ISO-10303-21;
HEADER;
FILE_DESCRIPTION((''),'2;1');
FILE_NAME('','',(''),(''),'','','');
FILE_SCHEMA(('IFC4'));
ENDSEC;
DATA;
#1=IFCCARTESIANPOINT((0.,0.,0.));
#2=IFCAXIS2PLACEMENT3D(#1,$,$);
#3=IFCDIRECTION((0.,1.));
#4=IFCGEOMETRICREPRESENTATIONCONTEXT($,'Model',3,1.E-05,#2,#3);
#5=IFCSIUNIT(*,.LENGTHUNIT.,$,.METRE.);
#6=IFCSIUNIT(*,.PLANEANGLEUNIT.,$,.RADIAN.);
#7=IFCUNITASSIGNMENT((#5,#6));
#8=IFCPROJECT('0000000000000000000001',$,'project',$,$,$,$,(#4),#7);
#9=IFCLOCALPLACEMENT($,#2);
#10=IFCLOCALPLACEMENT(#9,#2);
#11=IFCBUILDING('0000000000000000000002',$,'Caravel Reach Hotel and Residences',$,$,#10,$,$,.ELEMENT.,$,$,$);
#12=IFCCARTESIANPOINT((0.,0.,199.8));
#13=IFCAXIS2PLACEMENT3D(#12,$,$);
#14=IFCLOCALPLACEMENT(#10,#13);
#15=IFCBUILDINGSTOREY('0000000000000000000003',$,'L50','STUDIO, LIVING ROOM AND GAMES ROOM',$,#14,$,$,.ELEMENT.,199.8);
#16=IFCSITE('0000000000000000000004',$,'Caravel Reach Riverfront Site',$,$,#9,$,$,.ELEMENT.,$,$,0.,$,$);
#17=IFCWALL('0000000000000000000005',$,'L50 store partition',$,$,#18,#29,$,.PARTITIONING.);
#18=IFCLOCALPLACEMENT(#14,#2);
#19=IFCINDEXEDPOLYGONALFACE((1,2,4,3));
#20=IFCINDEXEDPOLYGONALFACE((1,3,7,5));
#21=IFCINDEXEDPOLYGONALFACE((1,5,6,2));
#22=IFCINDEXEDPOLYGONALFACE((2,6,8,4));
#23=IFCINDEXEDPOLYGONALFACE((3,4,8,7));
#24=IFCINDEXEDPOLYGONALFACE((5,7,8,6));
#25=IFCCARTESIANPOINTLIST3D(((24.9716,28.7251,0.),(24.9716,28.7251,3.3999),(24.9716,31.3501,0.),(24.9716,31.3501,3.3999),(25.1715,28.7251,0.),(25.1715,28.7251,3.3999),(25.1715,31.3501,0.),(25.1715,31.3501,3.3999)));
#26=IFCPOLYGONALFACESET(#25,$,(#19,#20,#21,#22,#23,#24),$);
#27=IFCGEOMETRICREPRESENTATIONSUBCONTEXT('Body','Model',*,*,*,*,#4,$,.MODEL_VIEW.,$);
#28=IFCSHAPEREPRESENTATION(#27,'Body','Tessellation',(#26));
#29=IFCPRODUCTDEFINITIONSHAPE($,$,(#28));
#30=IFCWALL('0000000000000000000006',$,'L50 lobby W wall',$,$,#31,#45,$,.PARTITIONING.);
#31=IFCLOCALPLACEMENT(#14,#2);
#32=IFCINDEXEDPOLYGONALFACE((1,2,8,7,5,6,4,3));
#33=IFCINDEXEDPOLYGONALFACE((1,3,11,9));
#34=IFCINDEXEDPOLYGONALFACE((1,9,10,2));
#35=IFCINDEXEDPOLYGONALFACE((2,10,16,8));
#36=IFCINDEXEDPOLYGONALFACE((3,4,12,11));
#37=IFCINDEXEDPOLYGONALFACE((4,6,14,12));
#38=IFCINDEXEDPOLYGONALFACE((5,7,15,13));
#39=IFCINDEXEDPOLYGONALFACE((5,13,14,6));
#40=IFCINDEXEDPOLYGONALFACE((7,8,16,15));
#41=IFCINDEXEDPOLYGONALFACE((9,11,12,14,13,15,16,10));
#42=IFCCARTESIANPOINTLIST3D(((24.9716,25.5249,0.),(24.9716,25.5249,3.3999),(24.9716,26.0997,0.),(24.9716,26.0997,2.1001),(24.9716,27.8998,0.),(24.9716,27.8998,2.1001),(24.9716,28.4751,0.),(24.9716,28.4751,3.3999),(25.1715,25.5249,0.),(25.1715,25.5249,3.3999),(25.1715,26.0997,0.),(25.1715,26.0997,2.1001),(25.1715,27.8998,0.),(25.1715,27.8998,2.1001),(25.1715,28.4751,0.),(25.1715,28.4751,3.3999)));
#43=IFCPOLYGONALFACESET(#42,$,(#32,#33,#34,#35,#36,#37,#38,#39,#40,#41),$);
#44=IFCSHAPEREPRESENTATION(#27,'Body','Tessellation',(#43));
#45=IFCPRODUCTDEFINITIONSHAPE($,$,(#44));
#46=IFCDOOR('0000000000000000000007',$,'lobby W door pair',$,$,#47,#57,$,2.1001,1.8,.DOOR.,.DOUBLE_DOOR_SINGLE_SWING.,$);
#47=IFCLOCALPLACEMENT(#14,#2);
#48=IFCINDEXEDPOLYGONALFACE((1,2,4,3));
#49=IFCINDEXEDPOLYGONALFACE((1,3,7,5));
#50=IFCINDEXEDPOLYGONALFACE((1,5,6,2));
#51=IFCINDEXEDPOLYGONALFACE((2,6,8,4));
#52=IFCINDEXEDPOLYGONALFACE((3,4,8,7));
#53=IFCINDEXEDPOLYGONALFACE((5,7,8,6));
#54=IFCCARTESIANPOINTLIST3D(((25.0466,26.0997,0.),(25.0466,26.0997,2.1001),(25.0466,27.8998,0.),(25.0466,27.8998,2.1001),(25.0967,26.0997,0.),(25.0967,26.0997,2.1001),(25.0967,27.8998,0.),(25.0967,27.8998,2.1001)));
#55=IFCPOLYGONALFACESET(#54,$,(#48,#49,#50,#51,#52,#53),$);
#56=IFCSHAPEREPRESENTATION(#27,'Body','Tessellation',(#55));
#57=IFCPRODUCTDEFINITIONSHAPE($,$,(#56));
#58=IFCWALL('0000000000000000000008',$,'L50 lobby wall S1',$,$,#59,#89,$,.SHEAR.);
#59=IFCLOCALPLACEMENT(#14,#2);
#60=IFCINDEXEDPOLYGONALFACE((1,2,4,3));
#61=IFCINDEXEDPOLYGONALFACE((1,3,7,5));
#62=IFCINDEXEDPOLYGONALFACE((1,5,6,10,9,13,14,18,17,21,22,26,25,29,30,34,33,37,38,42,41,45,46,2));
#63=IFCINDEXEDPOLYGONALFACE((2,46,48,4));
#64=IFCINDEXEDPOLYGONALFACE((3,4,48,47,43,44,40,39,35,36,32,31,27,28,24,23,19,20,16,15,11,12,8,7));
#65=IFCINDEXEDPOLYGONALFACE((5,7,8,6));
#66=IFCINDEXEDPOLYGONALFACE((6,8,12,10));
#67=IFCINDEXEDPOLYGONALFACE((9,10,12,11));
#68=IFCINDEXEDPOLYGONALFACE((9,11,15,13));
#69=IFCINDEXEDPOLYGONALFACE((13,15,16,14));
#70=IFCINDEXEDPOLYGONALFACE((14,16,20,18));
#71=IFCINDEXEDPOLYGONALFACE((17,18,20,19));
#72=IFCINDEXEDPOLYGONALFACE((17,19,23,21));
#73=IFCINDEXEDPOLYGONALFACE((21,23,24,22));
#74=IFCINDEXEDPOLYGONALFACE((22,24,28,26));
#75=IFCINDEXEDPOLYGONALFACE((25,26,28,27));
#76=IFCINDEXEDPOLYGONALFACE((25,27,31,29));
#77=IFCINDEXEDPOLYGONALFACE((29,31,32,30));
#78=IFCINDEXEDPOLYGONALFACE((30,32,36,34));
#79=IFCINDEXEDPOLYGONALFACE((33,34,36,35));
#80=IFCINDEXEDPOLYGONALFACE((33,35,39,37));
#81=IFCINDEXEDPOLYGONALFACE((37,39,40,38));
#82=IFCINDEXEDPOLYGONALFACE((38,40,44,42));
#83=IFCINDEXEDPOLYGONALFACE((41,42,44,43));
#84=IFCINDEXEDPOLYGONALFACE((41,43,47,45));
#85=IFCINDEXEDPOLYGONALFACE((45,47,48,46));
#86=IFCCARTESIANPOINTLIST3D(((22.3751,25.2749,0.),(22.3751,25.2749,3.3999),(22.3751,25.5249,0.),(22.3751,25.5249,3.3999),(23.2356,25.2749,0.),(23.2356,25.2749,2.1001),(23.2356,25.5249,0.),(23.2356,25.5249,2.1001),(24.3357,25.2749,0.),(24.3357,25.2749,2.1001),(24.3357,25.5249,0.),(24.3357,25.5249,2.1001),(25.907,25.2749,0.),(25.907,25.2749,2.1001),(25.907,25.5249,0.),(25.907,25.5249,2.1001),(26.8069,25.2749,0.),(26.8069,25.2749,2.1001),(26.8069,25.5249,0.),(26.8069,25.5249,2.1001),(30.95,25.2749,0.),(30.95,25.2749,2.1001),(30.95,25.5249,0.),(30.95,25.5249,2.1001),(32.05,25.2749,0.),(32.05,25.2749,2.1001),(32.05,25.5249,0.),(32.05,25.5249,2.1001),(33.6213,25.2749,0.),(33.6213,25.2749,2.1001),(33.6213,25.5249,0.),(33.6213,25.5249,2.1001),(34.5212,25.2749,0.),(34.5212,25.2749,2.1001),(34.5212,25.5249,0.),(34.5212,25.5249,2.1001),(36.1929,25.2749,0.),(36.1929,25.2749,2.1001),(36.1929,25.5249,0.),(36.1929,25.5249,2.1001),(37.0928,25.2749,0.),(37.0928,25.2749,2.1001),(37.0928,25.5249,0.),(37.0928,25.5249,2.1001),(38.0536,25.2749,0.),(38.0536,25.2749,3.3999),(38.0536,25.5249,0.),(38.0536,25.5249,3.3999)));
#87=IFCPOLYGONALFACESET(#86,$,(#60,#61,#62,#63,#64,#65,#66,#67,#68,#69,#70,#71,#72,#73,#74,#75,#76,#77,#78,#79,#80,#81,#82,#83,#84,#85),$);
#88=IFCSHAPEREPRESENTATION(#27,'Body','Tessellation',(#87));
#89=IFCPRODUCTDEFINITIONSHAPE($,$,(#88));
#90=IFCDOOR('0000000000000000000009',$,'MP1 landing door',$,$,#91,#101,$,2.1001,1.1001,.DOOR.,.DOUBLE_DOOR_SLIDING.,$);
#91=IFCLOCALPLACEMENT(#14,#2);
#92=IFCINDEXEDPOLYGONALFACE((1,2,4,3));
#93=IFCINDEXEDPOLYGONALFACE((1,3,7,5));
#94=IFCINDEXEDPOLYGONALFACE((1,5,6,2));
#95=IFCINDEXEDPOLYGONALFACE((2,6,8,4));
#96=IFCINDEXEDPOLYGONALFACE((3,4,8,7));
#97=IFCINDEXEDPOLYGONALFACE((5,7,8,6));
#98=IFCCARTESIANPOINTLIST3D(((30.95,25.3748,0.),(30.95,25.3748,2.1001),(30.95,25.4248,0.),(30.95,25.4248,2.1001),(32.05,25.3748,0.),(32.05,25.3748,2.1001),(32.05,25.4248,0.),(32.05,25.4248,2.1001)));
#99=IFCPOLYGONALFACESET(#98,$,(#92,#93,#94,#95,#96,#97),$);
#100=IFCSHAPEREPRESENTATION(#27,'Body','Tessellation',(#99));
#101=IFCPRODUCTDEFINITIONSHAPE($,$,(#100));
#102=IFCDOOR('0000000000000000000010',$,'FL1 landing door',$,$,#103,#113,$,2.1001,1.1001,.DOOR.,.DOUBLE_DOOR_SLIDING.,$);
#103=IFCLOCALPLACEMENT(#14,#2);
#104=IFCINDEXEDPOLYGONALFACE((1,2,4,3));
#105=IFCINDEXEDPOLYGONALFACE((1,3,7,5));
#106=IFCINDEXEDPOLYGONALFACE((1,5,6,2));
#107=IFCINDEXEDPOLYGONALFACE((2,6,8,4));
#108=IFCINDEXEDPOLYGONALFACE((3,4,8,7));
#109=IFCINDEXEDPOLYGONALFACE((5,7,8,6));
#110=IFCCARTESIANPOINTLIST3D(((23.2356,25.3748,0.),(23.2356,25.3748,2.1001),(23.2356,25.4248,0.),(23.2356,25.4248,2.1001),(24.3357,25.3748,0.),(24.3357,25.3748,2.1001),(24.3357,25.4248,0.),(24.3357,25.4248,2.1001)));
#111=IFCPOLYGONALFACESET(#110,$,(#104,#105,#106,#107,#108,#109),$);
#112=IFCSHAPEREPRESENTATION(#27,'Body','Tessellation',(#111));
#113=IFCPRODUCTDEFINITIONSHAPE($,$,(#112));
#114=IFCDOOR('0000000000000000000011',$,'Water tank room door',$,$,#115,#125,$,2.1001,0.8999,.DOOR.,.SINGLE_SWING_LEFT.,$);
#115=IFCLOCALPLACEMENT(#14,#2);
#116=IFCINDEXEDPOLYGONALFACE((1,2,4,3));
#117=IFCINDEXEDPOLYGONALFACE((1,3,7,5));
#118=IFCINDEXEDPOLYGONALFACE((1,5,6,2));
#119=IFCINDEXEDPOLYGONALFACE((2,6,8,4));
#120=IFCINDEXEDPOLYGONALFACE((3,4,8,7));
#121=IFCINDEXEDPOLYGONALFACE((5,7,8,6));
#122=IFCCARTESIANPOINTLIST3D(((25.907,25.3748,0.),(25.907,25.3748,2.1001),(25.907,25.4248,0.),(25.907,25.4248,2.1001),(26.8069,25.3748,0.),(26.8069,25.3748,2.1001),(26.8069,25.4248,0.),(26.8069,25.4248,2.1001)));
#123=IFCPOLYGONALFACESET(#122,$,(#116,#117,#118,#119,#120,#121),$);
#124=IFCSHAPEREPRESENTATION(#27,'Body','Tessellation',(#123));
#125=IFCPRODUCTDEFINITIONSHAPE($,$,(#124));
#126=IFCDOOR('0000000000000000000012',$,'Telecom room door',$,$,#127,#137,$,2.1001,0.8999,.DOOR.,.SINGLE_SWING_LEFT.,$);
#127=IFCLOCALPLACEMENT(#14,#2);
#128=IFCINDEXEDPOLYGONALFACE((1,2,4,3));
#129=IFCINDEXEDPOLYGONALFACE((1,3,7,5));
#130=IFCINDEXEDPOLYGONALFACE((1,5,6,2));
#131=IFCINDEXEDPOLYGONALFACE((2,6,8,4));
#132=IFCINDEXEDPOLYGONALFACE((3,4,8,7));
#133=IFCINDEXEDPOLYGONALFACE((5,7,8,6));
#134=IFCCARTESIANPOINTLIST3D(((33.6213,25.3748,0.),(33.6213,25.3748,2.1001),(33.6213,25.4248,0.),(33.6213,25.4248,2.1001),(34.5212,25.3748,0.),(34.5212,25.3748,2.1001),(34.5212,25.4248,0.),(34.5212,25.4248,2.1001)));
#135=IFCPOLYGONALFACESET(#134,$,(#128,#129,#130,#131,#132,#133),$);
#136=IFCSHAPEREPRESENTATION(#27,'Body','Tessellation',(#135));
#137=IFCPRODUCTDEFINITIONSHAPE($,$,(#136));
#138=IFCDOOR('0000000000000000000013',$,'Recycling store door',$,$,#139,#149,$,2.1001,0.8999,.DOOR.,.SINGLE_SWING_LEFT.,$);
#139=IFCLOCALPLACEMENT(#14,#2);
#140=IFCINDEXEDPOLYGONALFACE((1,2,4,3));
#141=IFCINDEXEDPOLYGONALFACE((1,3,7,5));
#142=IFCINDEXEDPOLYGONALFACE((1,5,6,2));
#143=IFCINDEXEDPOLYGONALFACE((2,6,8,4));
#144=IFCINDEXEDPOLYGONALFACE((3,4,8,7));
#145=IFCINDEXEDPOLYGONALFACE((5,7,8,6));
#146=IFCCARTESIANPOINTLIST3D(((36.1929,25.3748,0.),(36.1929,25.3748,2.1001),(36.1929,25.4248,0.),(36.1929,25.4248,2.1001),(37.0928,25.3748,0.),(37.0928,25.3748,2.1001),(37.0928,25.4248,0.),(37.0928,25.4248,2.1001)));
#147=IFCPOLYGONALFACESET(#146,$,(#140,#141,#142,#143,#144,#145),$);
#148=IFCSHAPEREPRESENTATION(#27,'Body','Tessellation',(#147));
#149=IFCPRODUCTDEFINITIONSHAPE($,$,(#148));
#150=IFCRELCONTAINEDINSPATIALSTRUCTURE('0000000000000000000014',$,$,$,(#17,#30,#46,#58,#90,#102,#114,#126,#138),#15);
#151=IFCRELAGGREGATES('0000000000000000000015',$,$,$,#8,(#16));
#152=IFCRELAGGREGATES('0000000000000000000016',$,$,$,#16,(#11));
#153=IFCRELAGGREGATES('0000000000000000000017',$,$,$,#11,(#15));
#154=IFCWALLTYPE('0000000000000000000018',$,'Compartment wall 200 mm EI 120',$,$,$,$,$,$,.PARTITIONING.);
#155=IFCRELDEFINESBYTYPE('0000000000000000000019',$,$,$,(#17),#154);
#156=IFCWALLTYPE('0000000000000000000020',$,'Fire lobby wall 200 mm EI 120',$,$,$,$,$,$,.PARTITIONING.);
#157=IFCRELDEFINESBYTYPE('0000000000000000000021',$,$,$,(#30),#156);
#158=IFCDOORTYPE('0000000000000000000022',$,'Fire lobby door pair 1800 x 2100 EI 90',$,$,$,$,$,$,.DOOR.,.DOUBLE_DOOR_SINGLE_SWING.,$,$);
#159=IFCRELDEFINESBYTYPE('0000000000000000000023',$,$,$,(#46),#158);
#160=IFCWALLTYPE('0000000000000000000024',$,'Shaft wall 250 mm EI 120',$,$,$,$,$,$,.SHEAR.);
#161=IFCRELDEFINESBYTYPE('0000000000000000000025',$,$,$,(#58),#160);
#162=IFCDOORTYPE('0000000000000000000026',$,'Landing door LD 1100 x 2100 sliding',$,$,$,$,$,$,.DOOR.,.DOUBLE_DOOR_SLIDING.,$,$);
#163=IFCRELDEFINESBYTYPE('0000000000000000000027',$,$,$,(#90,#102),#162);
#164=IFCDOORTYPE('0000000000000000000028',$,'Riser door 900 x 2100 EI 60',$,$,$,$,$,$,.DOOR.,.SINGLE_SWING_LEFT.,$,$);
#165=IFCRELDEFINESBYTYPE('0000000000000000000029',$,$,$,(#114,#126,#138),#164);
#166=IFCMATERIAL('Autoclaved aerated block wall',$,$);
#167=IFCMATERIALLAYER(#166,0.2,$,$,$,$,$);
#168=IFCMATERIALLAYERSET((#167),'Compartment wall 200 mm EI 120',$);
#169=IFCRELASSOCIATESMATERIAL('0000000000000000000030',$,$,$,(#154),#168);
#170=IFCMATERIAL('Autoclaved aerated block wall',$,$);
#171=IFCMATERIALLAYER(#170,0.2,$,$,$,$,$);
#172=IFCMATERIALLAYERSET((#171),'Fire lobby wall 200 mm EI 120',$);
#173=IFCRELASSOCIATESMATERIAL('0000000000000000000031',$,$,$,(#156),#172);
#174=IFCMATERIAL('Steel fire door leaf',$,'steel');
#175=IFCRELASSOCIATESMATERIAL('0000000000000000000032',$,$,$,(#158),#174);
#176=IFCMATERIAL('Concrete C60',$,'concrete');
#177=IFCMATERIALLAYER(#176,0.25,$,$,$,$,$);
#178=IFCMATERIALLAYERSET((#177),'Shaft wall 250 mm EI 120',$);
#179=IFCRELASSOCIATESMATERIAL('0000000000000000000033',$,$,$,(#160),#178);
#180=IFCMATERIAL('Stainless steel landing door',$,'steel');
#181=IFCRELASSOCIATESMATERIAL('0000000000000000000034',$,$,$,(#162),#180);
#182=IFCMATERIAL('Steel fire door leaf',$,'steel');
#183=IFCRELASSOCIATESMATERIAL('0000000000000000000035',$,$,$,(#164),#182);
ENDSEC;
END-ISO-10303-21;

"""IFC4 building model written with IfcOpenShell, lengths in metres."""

from ifc_helpers import new_model, si_unit, direction, frame, frame_2d, origin, place, context, subcontext, project, spatial, rectangle, extrude, material, layer, layer_set, type_object, element, fill, save


model = new_model("IFC4")

# Units and contexts
model_context = context("Model", 3, precision=1e-05, world=origin(), true_north=direction((0.0, 1.0)))
body_context = subcontext(model_context, "Body", "Model", "MODEL_VIEW")
ifc_project = project(units=[si_unit("LENGTHUNIT", "METRE"), si_unit("PLANEANGLEUNIT", "RADIAN")], contexts=[model_context])

# Site, building, storey
site_placement = place(None, origin())
site = spatial("IfcSite", under=ifc_project, at=site_placement, Name="Caravel Reach Riverfront Site", CompositionType="ELEMENT", RefElevation=0.0)
building_placement = place(site_placement, origin())
building = spatial("IfcBuilding", under=site, at=building_placement, Name="Caravel Reach Hotel and Residences", CompositionType="ELEMENT")
storey_placement = place(building_placement, frame((0.0, 0.0, 199.8)))
storey = spatial("IfcBuildingStorey", under=building, at=storey_placement, Name="L50", Description="STUDIO, LIVING ROOM AND GAMES ROOM", CompositionType="ELEMENT", Elevation=199.8)

# Wall
ifc_material_1 = material(Name="Autoclaved aerated block wall")
ifc_layer_1 = layer(ifc_material_1, 0.2)
ifc_layer_set_1 = layer_set([ifc_layer_1], Name="Compartment wall 200 mm EI 120")
wall_type_1 = type_object("IfcWallType", Name="Compartment wall 200 mm EI 120", PredefinedType="PARTITIONING", material=ifc_layer_set_1)
wall_1_placement = place(storey_placement, frame((25.0715, 28.7251, 0.0), z_axis=(0.0, 0.0, 1.0), x_axis=(0.0, 1.0, 0.0)))
element("IfcWall", 1, at=wall_1_placement, inside=storey, type_object=wall_type_1, Name="L50 store partition", PredefinedType="PARTITIONING", context=body_context, shape_type="SweptSolid", body=[
    extrude(rectangle(XDim=2.625, YDim=0.2, at=frame_2d((1.3125, 0.0))), origin(), (0.0, 0.0, 1.0), 3.3999),
])

# Wall, opening, door
ifc_material_2 = material(Name="Autoclaved aerated block wall")
ifc_layer_2 = layer(ifc_material_2, 0.2)
ifc_layer_set_2 = layer_set([ifc_layer_2], Name="Fire lobby wall 200 mm EI 120")
wall_type_2 = type_object("IfcWallType", Name="Fire lobby wall 200 mm EI 120", PredefinedType="PARTITIONING", material=ifc_layer_set_2)
wall_2_placement = place(storey_placement, frame((25.0715, 25.5249, 0.0), z_axis=(0.0, 0.0, 1.0), x_axis=(0.0, 1.0, 0.0)))
wall_2 = element("IfcWall", 2, at=wall_2_placement, inside=storey, type_object=wall_type_2, Name="L50 lobby W wall", PredefinedType="PARTITIONING", context=body_context, shape_type="SweptSolid", body=[
    extrude(rectangle(XDim=2.9502, YDim=0.2, at=frame_2d((1.4751, 0.0))), origin(), (0.0, 0.0, 1.0), 3.3999),
])
opening_1_placement = place(wall_2_placement, frame((0.575, 0.0, 0.0)))
opening_1 = element("IfcOpeningElement", 3, at=opening_1_placement, cuts=wall_2, PredefinedType="OPENING", context=body_context, shape_type="SweptSolid", body=[
    extrude(rectangle(XDim=1.8, YDim=2.1001, at=frame_2d((0.8999, 1.05))), frame((0.0, 0.1099, 0.0), z_axis=(0.0, -1.0, 0.0), x_axis=(1.0, 0.0, 0.0)), (0.0, 0.0, 1.0), 0.22),
])
ifc_material_3 = material(Name="Steel fire door leaf", Category="steel")
door_type_1 = type_object("IfcDoorType", Name="Fire lobby door pair 1800 x 2100 EI 90", OperationType="DOUBLE_DOOR_SINGLE_SWING", PredefinedType="DOOR", material=ifc_material_3)
door_1_placement = place(opening_1_placement, origin())
door_1 = element("IfcDoor", 4, at=door_1_placement, inside=storey, type_object=door_type_1, Name="lobby W door pair", OperationType="DOUBLE_DOOR_SINGLE_SWING", OverallHeight=2.1001, OverallWidth=1.8, PredefinedType="DOOR", context=body_context, shape_type="SweptSolid", body=[
    extrude(rectangle(XDim=1.8, YDim=2.1001, at=frame_2d((0.8999, 1.05))), frame((0.0, 0.0249, 0.0), z_axis=(0.0, -1.0, 0.0), x_axis=(1.0, 0.0, 0.0)), (0.0, 0.0, 1.0), 0.05),
])
fill(opening_1, door_1)

# Wall, openings, doors
ifc_material_4 = material(Name="Concrete C60", Category="concrete")
ifc_layer_3 = layer(ifc_material_4, 0.25)
ifc_layer_set_3 = layer_set([ifc_layer_3], Name="Shaft wall 250 mm EI 120")
wall_type_3 = type_object("IfcWallType", Name="Shaft wall 250 mm EI 120", PredefinedType="SHEAR", material=ifc_layer_set_3)
wall_3_placement = place(storey_placement, frame((22.375, 25.3999, 0.0), z_axis=(0.0, 0.0, 1.0), x_axis=(1.0, 0.0, 0.0)))
wall_3 = element("IfcWall", 5, at=wall_3_placement, inside=storey, type_object=wall_type_3, Name="L50 lobby wall S1", PredefinedType="SHEAR", context=body_context, shape_type="SweptSolid", body=[
    extrude(rectangle(XDim=15.6785, YDim=0.25, at=frame_2d((7.8394, 0.0))), origin(), (0.0, 0.0, 1.0), 3.3999),
])
opening_2_placement = place(wall_3_placement, frame((8.575, 0.0, 0.0)))
opening_2 = element("IfcOpeningElement", 6, at=opening_2_placement, cuts=wall_3, PredefinedType="OPENING", context=body_context, shape_type="SweptSolid", body=[
    extrude(rectangle(XDim=1.1001, YDim=2.1001, at=frame_2d((0.55, 1.05))), frame((0.0, 0.135, 0.0), z_axis=(0.0, -1.0, 0.0), x_axis=(1.0, 0.0, 0.0)), (0.0, 0.0, 1.0), 0.27),
])
opening_3_placement = place(wall_3_placement, frame((0.8606, 0.0, 0.0)))
opening_3 = element("IfcOpeningElement", 7, at=opening_3_placement, cuts=wall_3, PredefinedType="OPENING", context=body_context, shape_type="SweptSolid", body=[
    extrude(rectangle(XDim=1.1001, YDim=2.1001, at=frame_2d((0.55, 1.05))), frame((0.0, 0.135, 0.0), z_axis=(0.0, -1.0, 0.0), x_axis=(1.0, 0.0, 0.0)), (0.0, 0.0, 1.0), 0.27),
])
opening_4_placement = place(wall_3_placement, frame((3.532, 0.0, 0.0)))
opening_4 = element("IfcOpeningElement", 8, at=opening_4_placement, cuts=wall_3, PredefinedType="OPENING", context=body_context, shape_type="SweptSolid", body=[
    extrude(rectangle(XDim=0.8999, YDim=2.1001, at=frame_2d((0.45, 1.05))), frame((0.0, 0.135, 0.0), z_axis=(0.0, -1.0, 0.0), x_axis=(1.0, 0.0, 0.0)), (0.0, 0.0, 1.0), 0.27),
])
opening_5_placement = place(wall_3_placement, frame((11.2463, 0.0, 0.0)))
opening_5 = element("IfcOpeningElement", 9, at=opening_5_placement, cuts=wall_3, PredefinedType="OPENING", context=body_context, shape_type="SweptSolid", body=[
    extrude(rectangle(XDim=0.8999, YDim=2.1001, at=frame_2d((0.45, 1.05))), frame((0.0, 0.135, 0.0), z_axis=(0.0, -1.0, 0.0), x_axis=(1.0, 0.0, 0.0)), (0.0, 0.0, 1.0), 0.27),
])
opening_6_placement = place(wall_3_placement, frame((13.8179, 0.0, 0.0)))
opening_6 = element("IfcOpeningElement", 10, at=opening_6_placement, cuts=wall_3, PredefinedType="OPENING", context=body_context, shape_type="SweptSolid", body=[
    extrude(rectangle(XDim=0.8999, YDim=2.1001, at=frame_2d((0.45, 1.05))), frame((0.0, 0.135, 0.0), z_axis=(0.0, -1.0, 0.0), x_axis=(1.0, 0.0, 0.0)), (0.0, 0.0, 1.0), 0.27),
])
ifc_material_5 = material(Name="Stainless steel landing door", Category="steel")
door_type_2 = type_object("IfcDoorType", Name="Landing door LD 1100 x 2100 sliding", OperationType="DOUBLE_DOOR_SLIDING", PredefinedType="DOOR", material=ifc_material_5)
door_2_placement = place(opening_2_placement, origin())
door_2 = element("IfcDoor", 11, at=door_2_placement, inside=storey, type_object=door_type_2, Name="MP1 landing door", OperationType="DOUBLE_DOOR_SLIDING", OverallHeight=2.1001, OverallWidth=1.1001, PredefinedType="DOOR", context=body_context, shape_type="SweptSolid", body=[
    extrude(rectangle(XDim=1.1001, YDim=2.1001, at=frame_2d((0.55, 1.05))), frame((0.0, 0.0249, 0.0), z_axis=(0.0, -1.0, 0.0), x_axis=(1.0, 0.0, 0.0)), (0.0, 0.0, 1.0), 0.05),
])
fill(opening_2, door_2)
door_3_placement = place(opening_3_placement, origin())
door_3 = element("IfcDoor", 12, at=door_3_placement, inside=storey, type_object=door_type_2, Name="FL1 landing door", OperationType="DOUBLE_DOOR_SLIDING", OverallHeight=2.1001, OverallWidth=1.1001, PredefinedType="DOOR", context=body_context, shape_type="SweptSolid", body=[
    extrude(rectangle(XDim=1.1001, YDim=2.1001, at=frame_2d((0.55, 1.05))), frame((0.0, 0.0249, 0.0), z_axis=(0.0, -1.0, 0.0), x_axis=(1.0, 0.0, 0.0)), (0.0, 0.0, 1.0), 0.05),
])
fill(opening_3, door_3)
ifc_material_6 = material(Name="Steel fire door leaf", Category="steel")
door_type_3 = type_object("IfcDoorType", Name="Riser door 900 x 2100 EI 60", OperationType="SINGLE_SWING_LEFT", PredefinedType="DOOR", material=ifc_material_6)
door_4_placement = place(opening_4_placement, origin())
door_4 = element("IfcDoor", 13, at=door_4_placement, inside=storey, type_object=door_type_3, Name="Water tank room door", OperationType="SINGLE_SWING_LEFT", OverallHeight=2.1001, OverallWidth=0.8999, PredefinedType="DOOR", context=body_context, shape_type="SweptSolid", body=[
    extrude(rectangle(XDim=0.8999, YDim=2.1001, at=frame_2d((0.45, 1.05))), frame((0.0, 0.0249, 0.0), z_axis=(0.0, -1.0, 0.0), x_axis=(1.0, 0.0, 0.0)), (0.0, 0.0, 1.0), 0.05),
])
fill(opening_4, door_4)
door_5_placement = place(opening_5_placement, origin())
door_5 = element("IfcDoor", 14, at=door_5_placement, inside=storey, type_object=door_type_3, Name="Telecom room door", OperationType="SINGLE_SWING_LEFT", OverallHeight=2.1001, OverallWidth=0.8999, PredefinedType="DOOR", context=body_context, shape_type="SweptSolid", body=[
    extrude(rectangle(XDim=0.8999, YDim=2.1001, at=frame_2d((0.45, 1.05))), frame((0.0, 0.0249, 0.0), z_axis=(0.0, -1.0, 0.0), x_axis=(1.0, 0.0, 0.0)), (0.0, 0.0, 1.0), 0.05),
])
fill(opening_5, door_5)
door_6_placement = place(opening_6_placement, origin())
door_6 = element("IfcDoor", 15, at=door_6_placement, inside=storey, type_object=door_type_3, Name="Recycling store door", OperationType="SINGLE_SWING_LEFT", OverallHeight=2.1001, OverallWidth=0.8999, PredefinedType="DOOR", context=body_context, shape_type="SweptSolid", body=[
    extrude(rectangle(XDim=0.8999, YDim=2.1001, at=frame_2d((0.45, 1.05))), frame((0.0, 0.0249, 0.0), z_axis=(0.0, -1.0, 0.0), x_axis=(1.0, 0.0, 0.0)), (0.0, 0.0, 1.0), 0.05),
])
fill(opening_6, door_6)

save(model, "model.ifc")
